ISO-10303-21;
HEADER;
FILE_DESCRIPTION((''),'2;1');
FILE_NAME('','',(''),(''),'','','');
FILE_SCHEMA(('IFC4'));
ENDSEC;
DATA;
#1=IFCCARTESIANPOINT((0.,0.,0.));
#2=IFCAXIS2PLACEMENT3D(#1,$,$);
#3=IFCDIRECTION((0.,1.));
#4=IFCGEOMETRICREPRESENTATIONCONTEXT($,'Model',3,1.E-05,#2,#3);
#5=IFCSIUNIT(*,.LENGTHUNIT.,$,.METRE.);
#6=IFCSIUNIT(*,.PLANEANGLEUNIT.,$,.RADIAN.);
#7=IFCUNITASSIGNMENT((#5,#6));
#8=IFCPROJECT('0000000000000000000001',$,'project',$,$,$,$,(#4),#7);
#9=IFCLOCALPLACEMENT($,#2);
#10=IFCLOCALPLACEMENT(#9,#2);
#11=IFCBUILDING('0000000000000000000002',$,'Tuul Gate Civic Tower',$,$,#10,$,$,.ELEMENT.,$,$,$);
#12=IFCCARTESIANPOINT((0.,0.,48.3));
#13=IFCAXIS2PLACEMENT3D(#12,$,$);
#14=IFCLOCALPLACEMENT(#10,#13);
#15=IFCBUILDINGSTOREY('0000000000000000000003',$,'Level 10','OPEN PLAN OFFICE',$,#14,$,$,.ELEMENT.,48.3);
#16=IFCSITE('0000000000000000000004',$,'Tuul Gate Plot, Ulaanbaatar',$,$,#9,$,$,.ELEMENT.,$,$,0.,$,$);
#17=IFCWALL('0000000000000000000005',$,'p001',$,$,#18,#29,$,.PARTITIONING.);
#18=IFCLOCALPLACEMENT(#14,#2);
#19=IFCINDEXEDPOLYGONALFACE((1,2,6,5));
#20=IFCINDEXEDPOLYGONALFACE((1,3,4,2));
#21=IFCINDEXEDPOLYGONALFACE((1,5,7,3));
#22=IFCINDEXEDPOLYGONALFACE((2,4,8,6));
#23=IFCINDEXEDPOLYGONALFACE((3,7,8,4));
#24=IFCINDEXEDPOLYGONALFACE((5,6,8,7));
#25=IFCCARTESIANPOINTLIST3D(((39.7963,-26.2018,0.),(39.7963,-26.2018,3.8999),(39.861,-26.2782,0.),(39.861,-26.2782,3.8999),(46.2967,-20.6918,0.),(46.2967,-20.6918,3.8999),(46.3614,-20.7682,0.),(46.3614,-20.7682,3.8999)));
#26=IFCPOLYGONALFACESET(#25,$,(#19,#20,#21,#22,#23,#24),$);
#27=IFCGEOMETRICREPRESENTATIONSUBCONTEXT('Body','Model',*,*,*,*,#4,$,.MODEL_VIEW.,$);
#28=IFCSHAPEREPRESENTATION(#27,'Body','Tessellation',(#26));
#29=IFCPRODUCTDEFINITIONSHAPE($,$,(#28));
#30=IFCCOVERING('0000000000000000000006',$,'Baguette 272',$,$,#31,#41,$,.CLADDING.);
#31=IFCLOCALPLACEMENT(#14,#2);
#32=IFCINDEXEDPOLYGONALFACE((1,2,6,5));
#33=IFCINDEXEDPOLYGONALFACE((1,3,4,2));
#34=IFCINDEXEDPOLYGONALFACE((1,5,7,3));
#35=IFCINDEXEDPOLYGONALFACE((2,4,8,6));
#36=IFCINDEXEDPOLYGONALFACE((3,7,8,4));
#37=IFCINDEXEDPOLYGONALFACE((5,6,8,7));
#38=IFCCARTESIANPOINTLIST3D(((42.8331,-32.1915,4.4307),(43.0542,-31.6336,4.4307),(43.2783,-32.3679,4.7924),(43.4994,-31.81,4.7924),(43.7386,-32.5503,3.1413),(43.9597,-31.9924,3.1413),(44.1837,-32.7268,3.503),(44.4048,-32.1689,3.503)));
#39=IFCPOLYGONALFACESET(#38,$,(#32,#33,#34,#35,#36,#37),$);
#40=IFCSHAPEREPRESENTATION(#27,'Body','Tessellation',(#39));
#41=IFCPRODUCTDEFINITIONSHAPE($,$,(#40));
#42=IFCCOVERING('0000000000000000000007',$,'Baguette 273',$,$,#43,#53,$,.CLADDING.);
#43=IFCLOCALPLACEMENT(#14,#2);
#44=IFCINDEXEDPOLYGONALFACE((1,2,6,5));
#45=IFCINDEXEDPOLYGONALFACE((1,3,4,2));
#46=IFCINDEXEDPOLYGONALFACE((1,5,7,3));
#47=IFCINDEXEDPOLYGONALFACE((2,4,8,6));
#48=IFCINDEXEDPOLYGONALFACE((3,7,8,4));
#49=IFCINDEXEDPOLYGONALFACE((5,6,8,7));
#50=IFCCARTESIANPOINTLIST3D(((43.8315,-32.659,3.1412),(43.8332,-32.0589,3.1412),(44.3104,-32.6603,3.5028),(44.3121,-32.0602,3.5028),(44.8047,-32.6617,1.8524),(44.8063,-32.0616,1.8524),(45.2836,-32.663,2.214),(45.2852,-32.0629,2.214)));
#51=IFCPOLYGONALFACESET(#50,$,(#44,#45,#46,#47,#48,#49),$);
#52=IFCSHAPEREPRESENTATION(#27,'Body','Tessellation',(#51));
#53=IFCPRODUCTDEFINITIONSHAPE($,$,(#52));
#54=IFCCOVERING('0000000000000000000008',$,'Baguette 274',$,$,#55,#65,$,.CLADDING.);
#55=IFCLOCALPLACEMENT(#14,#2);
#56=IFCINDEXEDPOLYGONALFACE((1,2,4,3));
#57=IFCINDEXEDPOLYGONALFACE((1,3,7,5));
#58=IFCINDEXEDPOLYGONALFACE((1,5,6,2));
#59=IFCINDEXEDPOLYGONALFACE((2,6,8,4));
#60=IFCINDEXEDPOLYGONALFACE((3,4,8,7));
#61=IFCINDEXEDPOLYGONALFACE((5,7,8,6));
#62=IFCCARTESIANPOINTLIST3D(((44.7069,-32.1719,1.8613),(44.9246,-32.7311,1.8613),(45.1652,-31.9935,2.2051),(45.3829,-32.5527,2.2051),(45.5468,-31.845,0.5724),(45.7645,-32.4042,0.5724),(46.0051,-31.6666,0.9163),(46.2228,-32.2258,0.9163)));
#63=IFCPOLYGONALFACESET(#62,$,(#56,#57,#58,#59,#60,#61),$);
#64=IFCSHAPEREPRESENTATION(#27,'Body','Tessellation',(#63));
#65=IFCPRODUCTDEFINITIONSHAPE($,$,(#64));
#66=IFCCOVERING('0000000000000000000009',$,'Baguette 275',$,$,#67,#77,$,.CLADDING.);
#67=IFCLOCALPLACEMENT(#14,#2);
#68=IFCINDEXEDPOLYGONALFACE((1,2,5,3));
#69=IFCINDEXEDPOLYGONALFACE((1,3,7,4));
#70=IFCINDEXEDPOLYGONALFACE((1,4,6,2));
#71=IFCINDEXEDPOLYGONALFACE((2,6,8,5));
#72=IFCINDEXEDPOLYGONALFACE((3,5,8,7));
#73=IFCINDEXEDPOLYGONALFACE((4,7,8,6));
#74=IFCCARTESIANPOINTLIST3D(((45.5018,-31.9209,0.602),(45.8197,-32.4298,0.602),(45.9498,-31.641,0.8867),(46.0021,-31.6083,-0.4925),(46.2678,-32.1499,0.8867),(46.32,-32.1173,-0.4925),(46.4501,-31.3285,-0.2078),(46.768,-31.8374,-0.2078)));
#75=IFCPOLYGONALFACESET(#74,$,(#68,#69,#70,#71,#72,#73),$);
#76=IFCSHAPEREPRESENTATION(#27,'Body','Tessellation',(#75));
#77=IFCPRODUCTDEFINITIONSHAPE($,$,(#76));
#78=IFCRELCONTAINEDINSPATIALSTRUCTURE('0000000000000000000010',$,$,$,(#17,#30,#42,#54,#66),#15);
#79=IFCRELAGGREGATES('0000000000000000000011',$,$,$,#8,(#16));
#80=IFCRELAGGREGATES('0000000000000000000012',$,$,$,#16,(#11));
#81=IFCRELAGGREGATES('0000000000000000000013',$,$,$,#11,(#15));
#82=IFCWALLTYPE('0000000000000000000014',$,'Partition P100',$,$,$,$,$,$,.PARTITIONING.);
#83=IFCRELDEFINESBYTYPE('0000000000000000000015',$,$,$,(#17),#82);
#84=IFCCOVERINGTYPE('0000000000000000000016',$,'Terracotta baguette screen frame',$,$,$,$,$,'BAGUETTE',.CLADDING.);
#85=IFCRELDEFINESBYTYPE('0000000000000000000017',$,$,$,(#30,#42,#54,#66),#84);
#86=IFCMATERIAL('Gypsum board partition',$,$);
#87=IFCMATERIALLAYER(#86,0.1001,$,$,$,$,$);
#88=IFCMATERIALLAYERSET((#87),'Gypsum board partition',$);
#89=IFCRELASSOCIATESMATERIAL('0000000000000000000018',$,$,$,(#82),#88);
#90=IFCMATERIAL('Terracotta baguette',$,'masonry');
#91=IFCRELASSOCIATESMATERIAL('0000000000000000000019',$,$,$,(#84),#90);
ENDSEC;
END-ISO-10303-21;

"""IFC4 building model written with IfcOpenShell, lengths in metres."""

from ifc_helpers import new_model, si_unit, direction, frame, frame_2d, origin, origin_2d, place, context, subcontext, project, spatial, rectangle, extrude, material, layer, layer_set, material_profile, profile_set, type_object, element, save


model = new_model("IFC4")

# Units and contexts
model_context = context("Model", 3, precision=1e-05, world=origin(), true_north=direction((0.0, 1.0)))
body_context = subcontext(model_context, "Body", "Model", "MODEL_VIEW")
ifc_project = project(units=[si_unit("LENGTHUNIT", "METRE"), si_unit("PLANEANGLEUNIT", "RADIAN")], contexts=[model_context])

# Site, building, storey
site_placement = place(None, origin())
site = spatial("IfcSite", under=ifc_project, at=site_placement, Name="Tuul Gate Plot, Ulaanbaatar", CompositionType="ELEMENT", RefElevation=0.0)
building_placement = place(site_placement, origin())
building = spatial("IfcBuilding", under=site, at=building_placement, Name="Tuul Gate Civic Tower", CompositionType="ELEMENT")
storey_placement = place(building_placement, frame((0.0, 0.0, 48.3)))
storey = spatial("IfcBuildingStorey", under=building, at=storey_placement, Name="Level 10", Description="OPEN PLAN OFFICE", CompositionType="ELEMENT", Elevation=48.3)

# Wall
ifc_material_1 = material(Name="Gypsum board partition")
ifc_layer_1 = layer(ifc_material_1, 0.1001)
ifc_layer_set_1 = layer_set([ifc_layer_1], Name="Gypsum board partition")
wall_type_1 = type_object("IfcWallType", Name="Partition P100", PredefinedType="PARTITIONING", material=ifc_layer_set_1)
wall_1_placement = place(storey_placement, frame((39.8286, -26.24, 0.0), z_axis=(0.0, 0.0, 1.0), x_axis=(0.762831, 0.646598, 0.0)))
element("IfcWall", 1, at=wall_1_placement, inside=storey, type_object=wall_type_1, Name="p001", PredefinedType="PARTITIONING", context=body_context, shape_type="SweptSolid", body=[
    extrude(rectangle(XDim=8.5215, YDim=0.1001, at=frame_2d((4.2607, 0.0))), origin(), (0.0, 0.0, 1.0), 3.8999),
])

# Coverings
ifc_material_2 = material(Name="Terracotta baguette", Category="masonry")
ifc_material_profile_1 = material_profile(ifc_material_2, rectangle(XDim=0.6001, YDim=0.6001, at=origin_2d()), Name="Terracotta baguette screen frame")
ifc_profile_set_1 = profile_set([ifc_material_profile_1], Name="Terracotta baguette")
covering_type = type_object("IfcCoveringType", Name="Terracotta baguette screen frame", ElementType="BAGUETTE", PredefinedType="CLADDING", material=ifc_profile_set_1)
covering_1_placement = place(storey_placement, frame((43.1663, -32.0007, 4.6116), z_axis=(0.560319, -0.222073, -0.797952), x_axis=(0.36845, 0.929647, 0.0)))
element("IfcCovering", 2, at=covering_1_placement, inside=storey, type_object=covering_type, Name="Baguette 272", PredefinedType="CLADDING", context=body_context, shape_type="SweptSolid", body=[
    extrude(rectangle(XDim=0.6001, YDim=0.6001, at=origin_2d()), origin(), (0.0, 0.0, 1.0), 1.616),
])
covering_2_placement = place(storey_placement, frame((44.0718, -32.3596, 3.322), z_axis=(0.602584, -0.001663, -0.798054), x_axis=(0.00276, 0.999996, 0.0)))
element("IfcCovering", 3, at=covering_2_placement, inside=storey, type_object=covering_type, Name="Baguette 273", PredefinedType="CLADDING", context=body_context, shape_type="SweptSolid", body=[
    extrude(rectangle(XDim=0.6001, YDim=0.6001, at=origin_2d()), origin(), (0.0, 0.0, 1.0), 1.615),
])
covering_3_placement = place(storey_placement, frame((45.0449, -32.3623, 2.0332), z_axis=(0.534028, 0.207867, -0.819515), x_axis=(-0.362734, 0.931893, 0.0)))
element("IfcCovering", 4, at=covering_3_placement, inside=storey, type_object=covering_type, Name="Baguette 274", PredefinedType="CLADDING", context=body_context, shape_type="SweptSolid", body=[
    extrude(rectangle(XDim=0.6001, YDim=0.6001, at=origin_2d()), origin(), (0.0, 0.0, 1.0), 1.5728),
])
covering_4_placement = place(storey_placement, frame((45.8848, -32.0354, 0.7444), z_axis=(0.402352, 0.251347, -0.880305), x_axis=(-0.529813, 0.848115, 0.0)))
element("IfcCovering", 5, at=covering_4_placement, inside=storey, type_object=covering_type, Name="Baguette 275", PredefinedType="CLADDING", context=body_context, shape_type="SweptSolid", body=[
    extrude(rectangle(XDim=0.6001, YDim=0.6001, at=origin_2d()), origin(), (0.0, 0.0, 1.0), 1.2434),
])

save(model, "model.ifc")
